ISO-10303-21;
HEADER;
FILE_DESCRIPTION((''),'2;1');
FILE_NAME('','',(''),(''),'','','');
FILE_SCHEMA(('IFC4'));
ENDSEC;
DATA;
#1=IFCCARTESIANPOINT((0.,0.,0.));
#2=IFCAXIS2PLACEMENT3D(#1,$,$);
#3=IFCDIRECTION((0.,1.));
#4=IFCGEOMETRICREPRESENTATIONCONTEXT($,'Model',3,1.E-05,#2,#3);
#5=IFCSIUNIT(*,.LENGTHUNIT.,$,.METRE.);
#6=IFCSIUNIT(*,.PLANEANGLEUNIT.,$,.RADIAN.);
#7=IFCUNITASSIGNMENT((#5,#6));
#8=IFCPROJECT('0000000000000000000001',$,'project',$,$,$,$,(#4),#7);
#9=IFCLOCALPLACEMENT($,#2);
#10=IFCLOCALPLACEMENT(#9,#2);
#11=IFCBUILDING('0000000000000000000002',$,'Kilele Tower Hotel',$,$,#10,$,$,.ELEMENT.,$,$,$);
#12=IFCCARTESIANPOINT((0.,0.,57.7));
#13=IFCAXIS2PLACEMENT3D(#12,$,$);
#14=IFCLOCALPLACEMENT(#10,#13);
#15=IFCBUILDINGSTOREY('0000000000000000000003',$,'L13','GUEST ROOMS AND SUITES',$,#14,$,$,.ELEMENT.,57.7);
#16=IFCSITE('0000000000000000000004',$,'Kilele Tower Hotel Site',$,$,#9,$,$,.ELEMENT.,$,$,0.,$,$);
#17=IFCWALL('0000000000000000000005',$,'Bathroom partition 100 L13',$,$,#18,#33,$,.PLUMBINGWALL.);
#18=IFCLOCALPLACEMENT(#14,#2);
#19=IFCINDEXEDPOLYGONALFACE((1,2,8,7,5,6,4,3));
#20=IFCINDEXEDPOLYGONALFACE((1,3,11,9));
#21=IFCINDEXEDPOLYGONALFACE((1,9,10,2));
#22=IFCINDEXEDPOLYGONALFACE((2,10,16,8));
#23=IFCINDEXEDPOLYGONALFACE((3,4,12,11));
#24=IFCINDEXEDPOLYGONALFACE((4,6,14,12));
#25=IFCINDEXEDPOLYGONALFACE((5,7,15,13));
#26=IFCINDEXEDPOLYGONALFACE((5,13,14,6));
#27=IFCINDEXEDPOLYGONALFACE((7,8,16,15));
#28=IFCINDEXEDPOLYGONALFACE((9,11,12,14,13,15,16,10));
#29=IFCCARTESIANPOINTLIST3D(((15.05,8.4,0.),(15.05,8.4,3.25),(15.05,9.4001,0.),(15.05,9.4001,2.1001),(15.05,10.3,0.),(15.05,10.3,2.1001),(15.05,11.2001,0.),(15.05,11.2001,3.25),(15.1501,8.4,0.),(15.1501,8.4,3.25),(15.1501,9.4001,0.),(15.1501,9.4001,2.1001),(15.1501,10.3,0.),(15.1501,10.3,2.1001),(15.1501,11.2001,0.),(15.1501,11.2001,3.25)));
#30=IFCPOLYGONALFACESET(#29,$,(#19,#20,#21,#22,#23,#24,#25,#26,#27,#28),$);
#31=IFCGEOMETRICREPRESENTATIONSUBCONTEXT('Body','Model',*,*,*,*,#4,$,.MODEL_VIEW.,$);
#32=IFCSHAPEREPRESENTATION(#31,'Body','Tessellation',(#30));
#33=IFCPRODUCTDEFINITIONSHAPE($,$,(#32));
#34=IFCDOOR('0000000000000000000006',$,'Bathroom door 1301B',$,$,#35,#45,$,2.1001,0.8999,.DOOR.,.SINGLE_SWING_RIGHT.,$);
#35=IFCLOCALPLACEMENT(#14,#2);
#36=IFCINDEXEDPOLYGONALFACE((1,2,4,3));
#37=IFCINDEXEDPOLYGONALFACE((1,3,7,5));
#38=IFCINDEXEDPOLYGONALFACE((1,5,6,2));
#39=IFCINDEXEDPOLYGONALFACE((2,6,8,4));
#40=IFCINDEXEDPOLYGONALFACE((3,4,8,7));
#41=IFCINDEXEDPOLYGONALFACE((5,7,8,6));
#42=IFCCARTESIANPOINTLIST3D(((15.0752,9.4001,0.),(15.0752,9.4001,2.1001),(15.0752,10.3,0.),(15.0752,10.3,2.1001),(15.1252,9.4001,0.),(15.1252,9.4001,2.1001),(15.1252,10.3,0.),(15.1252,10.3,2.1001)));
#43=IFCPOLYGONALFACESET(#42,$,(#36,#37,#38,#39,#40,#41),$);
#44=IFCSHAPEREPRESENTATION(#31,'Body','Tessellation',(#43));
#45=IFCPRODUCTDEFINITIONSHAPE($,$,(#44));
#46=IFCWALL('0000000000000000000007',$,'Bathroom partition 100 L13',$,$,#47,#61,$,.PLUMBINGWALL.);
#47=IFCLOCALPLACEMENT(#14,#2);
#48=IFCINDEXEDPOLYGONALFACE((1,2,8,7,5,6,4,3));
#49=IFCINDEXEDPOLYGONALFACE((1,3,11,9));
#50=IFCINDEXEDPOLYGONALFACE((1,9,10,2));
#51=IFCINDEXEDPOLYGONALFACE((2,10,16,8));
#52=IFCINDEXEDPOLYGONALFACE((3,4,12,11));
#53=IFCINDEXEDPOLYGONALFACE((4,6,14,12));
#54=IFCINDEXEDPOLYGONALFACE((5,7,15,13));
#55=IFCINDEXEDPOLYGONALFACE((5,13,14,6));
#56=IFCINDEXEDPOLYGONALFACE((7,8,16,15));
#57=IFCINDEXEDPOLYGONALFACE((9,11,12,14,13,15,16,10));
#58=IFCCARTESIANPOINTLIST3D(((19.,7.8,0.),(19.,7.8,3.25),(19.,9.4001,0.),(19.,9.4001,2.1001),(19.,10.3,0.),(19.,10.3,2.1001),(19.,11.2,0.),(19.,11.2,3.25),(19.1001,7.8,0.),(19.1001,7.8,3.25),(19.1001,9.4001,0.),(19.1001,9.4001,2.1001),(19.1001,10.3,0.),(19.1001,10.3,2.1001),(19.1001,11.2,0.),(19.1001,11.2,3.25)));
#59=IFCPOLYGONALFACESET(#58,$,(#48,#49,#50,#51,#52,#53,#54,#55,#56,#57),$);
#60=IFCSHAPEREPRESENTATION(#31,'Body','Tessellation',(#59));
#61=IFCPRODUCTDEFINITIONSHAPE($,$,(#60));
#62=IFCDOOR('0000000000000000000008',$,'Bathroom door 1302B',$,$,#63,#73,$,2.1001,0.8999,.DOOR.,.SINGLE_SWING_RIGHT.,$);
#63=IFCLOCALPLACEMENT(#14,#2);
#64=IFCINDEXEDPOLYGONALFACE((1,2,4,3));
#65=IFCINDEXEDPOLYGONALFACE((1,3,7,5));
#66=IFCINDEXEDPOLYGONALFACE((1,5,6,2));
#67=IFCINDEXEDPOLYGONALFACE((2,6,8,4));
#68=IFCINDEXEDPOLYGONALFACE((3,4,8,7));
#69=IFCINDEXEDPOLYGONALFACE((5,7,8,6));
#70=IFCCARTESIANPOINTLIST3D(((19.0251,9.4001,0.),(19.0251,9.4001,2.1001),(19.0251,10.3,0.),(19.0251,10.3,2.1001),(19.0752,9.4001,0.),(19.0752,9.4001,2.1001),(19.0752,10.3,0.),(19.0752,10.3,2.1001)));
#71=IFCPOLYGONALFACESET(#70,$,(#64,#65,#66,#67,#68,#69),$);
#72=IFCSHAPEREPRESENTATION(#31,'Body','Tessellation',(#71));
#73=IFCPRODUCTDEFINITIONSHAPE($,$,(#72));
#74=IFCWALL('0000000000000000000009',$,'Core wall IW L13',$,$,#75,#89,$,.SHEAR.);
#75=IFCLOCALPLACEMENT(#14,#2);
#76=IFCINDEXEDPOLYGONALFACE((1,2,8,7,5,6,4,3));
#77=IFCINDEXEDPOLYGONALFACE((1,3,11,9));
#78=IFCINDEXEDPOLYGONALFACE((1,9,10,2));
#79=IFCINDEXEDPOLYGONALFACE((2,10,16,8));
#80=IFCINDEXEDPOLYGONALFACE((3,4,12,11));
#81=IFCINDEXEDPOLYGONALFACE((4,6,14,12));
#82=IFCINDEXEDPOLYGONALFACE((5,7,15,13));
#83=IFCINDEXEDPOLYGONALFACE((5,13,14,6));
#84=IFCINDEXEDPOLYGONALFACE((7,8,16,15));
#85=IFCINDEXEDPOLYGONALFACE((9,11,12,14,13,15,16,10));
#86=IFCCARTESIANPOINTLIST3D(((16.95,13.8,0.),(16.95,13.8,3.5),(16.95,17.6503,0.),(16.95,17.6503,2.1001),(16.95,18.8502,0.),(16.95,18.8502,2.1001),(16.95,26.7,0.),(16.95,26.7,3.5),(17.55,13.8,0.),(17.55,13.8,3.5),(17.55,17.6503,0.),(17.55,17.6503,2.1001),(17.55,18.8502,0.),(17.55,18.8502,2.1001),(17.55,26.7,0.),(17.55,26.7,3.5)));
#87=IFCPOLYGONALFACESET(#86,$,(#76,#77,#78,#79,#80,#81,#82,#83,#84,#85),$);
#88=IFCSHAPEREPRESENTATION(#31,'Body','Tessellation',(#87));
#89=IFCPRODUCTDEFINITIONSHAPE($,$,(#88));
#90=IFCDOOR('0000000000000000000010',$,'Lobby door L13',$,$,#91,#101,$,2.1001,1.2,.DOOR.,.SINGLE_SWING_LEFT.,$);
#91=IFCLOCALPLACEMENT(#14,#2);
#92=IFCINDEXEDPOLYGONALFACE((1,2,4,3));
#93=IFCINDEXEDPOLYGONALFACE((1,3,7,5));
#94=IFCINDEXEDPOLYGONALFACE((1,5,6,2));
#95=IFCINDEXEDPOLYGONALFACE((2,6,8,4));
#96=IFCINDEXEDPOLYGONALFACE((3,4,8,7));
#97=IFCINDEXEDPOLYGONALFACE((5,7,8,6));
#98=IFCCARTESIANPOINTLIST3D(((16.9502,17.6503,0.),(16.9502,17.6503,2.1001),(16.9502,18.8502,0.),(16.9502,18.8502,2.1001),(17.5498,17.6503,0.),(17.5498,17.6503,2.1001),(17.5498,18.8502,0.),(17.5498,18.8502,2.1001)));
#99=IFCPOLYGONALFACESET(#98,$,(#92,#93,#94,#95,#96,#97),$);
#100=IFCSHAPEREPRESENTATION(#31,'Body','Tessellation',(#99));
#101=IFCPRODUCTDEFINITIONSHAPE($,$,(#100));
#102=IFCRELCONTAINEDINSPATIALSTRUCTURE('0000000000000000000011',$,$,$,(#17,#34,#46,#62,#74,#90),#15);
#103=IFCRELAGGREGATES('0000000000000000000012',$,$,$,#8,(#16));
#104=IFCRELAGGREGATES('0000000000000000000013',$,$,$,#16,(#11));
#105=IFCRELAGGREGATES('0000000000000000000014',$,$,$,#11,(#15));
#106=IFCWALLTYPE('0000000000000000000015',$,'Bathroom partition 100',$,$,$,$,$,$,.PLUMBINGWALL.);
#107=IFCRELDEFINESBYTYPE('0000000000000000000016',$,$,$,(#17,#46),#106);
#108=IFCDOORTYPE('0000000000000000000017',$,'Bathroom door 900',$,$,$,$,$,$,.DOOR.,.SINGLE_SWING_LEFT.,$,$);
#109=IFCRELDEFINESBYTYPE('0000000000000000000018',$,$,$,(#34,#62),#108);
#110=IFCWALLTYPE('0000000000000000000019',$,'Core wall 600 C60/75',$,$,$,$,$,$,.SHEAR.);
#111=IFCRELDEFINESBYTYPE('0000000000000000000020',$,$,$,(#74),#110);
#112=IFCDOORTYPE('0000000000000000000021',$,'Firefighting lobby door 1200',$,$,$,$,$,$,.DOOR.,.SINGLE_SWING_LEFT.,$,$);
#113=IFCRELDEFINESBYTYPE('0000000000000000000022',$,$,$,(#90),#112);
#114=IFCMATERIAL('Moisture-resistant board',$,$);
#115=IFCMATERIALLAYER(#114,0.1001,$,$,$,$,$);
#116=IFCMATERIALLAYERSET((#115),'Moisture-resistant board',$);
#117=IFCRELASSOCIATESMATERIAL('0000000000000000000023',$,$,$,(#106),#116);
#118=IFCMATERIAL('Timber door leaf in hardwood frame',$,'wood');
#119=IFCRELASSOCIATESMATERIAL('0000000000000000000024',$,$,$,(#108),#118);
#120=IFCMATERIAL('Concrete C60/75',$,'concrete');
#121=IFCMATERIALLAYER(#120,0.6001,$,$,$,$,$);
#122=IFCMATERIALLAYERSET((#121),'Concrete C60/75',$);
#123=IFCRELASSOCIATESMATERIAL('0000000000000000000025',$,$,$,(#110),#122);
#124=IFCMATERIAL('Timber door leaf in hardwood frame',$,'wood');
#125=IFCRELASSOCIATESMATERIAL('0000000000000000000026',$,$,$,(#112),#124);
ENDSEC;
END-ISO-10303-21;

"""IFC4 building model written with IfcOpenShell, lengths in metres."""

from ifc_helpers import new_model, si_unit, direction, frame, frame_2d, origin, place, context, subcontext, project, spatial, rectangle, extrude, material, layer, layer_set, type_object, element, fill, save


model = new_model("IFC4")

# Units and contexts
model_context = context("Model", 3, precision=1e-05, world=origin(), true_north=direction((0.0, 1.0)))
body_context = subcontext(model_context, "Body", "Model", "MODEL_VIEW")
ifc_project = project(units=[si_unit("LENGTHUNIT", "METRE"), si_unit("PLANEANGLEUNIT", "RADIAN")], contexts=[model_context])

# Site, building, storey
site_placement = place(None, origin())
site = spatial("IfcSite", under=ifc_project, at=site_placement, Name="Kilele Tower Hotel Site", CompositionType="ELEMENT", RefElevation=0.0)
building_placement = place(site_placement, origin())
building = spatial("IfcBuilding", under=site, at=building_placement, Name="Kilele Tower Hotel", CompositionType="ELEMENT")
storey_placement = place(building_placement, frame((0.0, 0.0, 57.7)))
storey = spatial("IfcBuildingStorey", under=building, at=storey_placement, Name="L13", Description="GUEST ROOMS AND SUITES", CompositionType="ELEMENT", Elevation=57.7)

# Walls, openings, doors
ifc_material_1 = material(Name="Moisture-resistant board")
ifc_layer_1 = layer(ifc_material_1, 0.1001)
ifc_layer_set_1 = layer_set([ifc_layer_1], Name="Moisture-resistant board")
wall_type_1 = type_object("IfcWallType", Name="Bathroom partition 100", PredefinedType="PLUMBINGWALL", material=ifc_layer_set_1)
wall_1_placement = place(storey_placement, frame((15.1001, 11.2, 0.0), z_axis=(0.0, 0.0, 1.0), x_axis=(0.0, -1.0, 0.0)))
wall_1 = element("IfcWall", 1, at=wall_1_placement, inside=storey, type_object=wall_type_1, Name="Bathroom partition 100 L13", PredefinedType="PLUMBINGWALL", context=body_context, shape_type="SweptSolid", body=[
    extrude(rectangle(XDim=2.8, YDim=0.1001, at=frame_2d((1.3999, 0.0))), origin(), (0.0, 0.0, 1.0), 3.25),
])
opening_1_placement = place(wall_1_placement, frame((1.7998, 0.0, 0.0), z_axis=(0.0, 0.0, 1.0), x_axis=(-1.0, 0.0, 0.0)))
opening_1 = element("IfcOpeningElement", 2, at=opening_1_placement, cuts=wall_1, PredefinedType="OPENING", context=body_context, shape_type="SweptSolid", body=[
    extrude(rectangle(XDim=0.8999, YDim=2.1001, at=frame_2d((0.45, 1.05))), frame((0.0, 0.0601, 0.0), z_axis=(0.0, -1.0, 0.0), x_axis=(1.0, 0.0, 0.0)), (0.0, 0.0, 1.0), 0.1201),
])
ifc_material_2 = material(Name="Timber door leaf in hardwood frame", Category="wood")
door_type_1 = type_object("IfcDoorType", Name="Bathroom door 900", OperationType="SINGLE_SWING_LEFT", PredefinedType="DOOR", material=ifc_material_2)
door_1_placement = place(opening_1_placement, origin())
door_1 = element("IfcDoor", 3, at=door_1_placement, inside=storey, type_object=door_type_1, Name="Bathroom door 1301B", OperationType="SINGLE_SWING_RIGHT", OverallHeight=2.1001, OverallWidth=0.8999, PredefinedType="DOOR", context=body_context, shape_type="SweptSolid", body=[
    extrude(rectangle(XDim=0.8999, YDim=2.1001, at=frame_2d((0.45, 1.05))), frame((0.0, 0.0249, 0.0), z_axis=(0.0, -1.0, 0.0), x_axis=(1.0, 0.0, 0.0)), (0.0, 0.0, 1.0), 0.05),
])
fill(opening_1, door_1)
wall_2_placement = place(storey_placement, frame((19.05, 11.2, 0.0), z_axis=(0.0, 0.0, 1.0), x_axis=(0.0, -1.0, 0.0)))
wall_2 = element("IfcWall", 4, at=wall_2_placement, inside=storey, type_object=wall_type_1, Name="Bathroom partition 100 L13", PredefinedType="PLUMBINGWALL", context=body_context, shape_type="SweptSolid", body=[
    extrude(rectangle(XDim=3.3999, YDim=0.1001, at=frame_2d((1.7, 0.0))), origin(), (0.0, 0.0, 1.0), 3.25),
])
opening_2_placement = place(wall_2_placement, frame((1.7998, 0.0, 0.0), z_axis=(0.0, 0.0, 1.0), x_axis=(-1.0, 0.0, 0.0)))
opening_2 = element("IfcOpeningElement", 5, at=opening_2_placement, cuts=wall_2, PredefinedType="OPENING", context=body_context, shape_type="SweptSolid", body=[
    extrude(rectangle(XDim=0.8999, YDim=2.1001, at=frame_2d((0.45, 1.05))), frame((0.0, 0.0601, 0.0), z_axis=(0.0, -1.0, 0.0), x_axis=(1.0, 0.0, 0.0)), (0.0, 0.0, 1.0), 0.1201),
])
door_2_placement = place(opening_2_placement, origin())
door_2 = element("IfcDoor", 6, at=door_2_placement, inside=storey, type_object=door_type_1, Name="Bathroom door 1302B", OperationType="SINGLE_SWING_RIGHT", OverallHeight=2.1001, OverallWidth=0.8999, PredefinedType="DOOR", context=body_context, shape_type="SweptSolid", body=[
    extrude(rectangle(XDim=0.8999, YDim=2.1001, at=frame_2d((0.45, 1.05))), frame((0.0, 0.0249, 0.0), z_axis=(0.0, -1.0, 0.0), x_axis=(1.0, 0.0, 0.0)), (0.0, 0.0, 1.0), 0.05),
])
fill(opening_2, door_2)
ifc_material_3 = material(Name="Concrete C60/75", Category="concrete")
ifc_layer_2 = layer(ifc_material_3, 0.6001)
ifc_layer_set_2 = layer_set([ifc_layer_2], Name="Concrete C60/75")
wall_type_2 = type_object("IfcWallType", Name="Core wall 600 C60/75", PredefinedType="SHEAR", material=ifc_layer_set_2)
wall_3_placement = place(storey_placement, frame((17.25, 13.8, 0.0), z_axis=(0.0, 0.0, 1.0), x_axis=(0.0, 1.0, 0.0)))
wall_3 = element("IfcWall", 7, at=wall_3_placement, inside=storey, type_object=wall_type_2, Name="Core wall IW L13", PredefinedType="SHEAR", context=body_context, shape_type="SweptSolid", body=[
    extrude(rectangle(XDim=12.8999, YDim=0.6001, at=frame_2d((6.45, 0.0))), origin(), (0.0, 0.0, 1.0), 3.5),
])
opening_3_placement = place(wall_3_placement, frame((3.8501, 0.0, 0.0)))
opening_3 = element("IfcOpeningElement", 8, at=opening_3_placement, cuts=wall_3, PredefinedType="OPENING", context=body_context, shape_type="SweptSolid", body=[
    extrude(rectangle(XDim=1.2, YDim=2.1001, at=frame_2d((0.6001, 1.05))), frame((0.0, 0.3101, 0.0), z_axis=(0.0, -1.0, 0.0), x_axis=(1.0, 0.0, 0.0)), (0.0, 0.0, 1.0), 0.6201),
])
ifc_material_4 = material(Name="Timber door leaf in hardwood frame", Category="wood")
door_type_2 = type_object("IfcDoorType", Name="Firefighting lobby door 1200", OperationType="SINGLE_SWING_LEFT", PredefinedType="DOOR", material=ifc_material_4)
door_3_placement = place(opening_3_placement, origin())
door_3 = element("IfcDoor", 9, at=door_3_placement, inside=storey, type_object=door_type_2, Name="Lobby door L13", OperationType="SINGLE_SWING_LEFT", OverallHeight=2.1001, OverallWidth=1.2, PredefinedType="DOOR", context=body_context, shape_type="SweptSolid", body=[
    extrude(rectangle(XDim=1.2, YDim=2.1001, at=frame_2d((0.6001, 1.05))), frame((0.0, 0.2998, 0.0), z_axis=(0.0, -1.0, 0.0), x_axis=(1.0, 0.0, 0.0)), (0.0, 0.0, 1.0), 0.5996),
])
fill(opening_3, door_3)

save(model, "model.ifc")
